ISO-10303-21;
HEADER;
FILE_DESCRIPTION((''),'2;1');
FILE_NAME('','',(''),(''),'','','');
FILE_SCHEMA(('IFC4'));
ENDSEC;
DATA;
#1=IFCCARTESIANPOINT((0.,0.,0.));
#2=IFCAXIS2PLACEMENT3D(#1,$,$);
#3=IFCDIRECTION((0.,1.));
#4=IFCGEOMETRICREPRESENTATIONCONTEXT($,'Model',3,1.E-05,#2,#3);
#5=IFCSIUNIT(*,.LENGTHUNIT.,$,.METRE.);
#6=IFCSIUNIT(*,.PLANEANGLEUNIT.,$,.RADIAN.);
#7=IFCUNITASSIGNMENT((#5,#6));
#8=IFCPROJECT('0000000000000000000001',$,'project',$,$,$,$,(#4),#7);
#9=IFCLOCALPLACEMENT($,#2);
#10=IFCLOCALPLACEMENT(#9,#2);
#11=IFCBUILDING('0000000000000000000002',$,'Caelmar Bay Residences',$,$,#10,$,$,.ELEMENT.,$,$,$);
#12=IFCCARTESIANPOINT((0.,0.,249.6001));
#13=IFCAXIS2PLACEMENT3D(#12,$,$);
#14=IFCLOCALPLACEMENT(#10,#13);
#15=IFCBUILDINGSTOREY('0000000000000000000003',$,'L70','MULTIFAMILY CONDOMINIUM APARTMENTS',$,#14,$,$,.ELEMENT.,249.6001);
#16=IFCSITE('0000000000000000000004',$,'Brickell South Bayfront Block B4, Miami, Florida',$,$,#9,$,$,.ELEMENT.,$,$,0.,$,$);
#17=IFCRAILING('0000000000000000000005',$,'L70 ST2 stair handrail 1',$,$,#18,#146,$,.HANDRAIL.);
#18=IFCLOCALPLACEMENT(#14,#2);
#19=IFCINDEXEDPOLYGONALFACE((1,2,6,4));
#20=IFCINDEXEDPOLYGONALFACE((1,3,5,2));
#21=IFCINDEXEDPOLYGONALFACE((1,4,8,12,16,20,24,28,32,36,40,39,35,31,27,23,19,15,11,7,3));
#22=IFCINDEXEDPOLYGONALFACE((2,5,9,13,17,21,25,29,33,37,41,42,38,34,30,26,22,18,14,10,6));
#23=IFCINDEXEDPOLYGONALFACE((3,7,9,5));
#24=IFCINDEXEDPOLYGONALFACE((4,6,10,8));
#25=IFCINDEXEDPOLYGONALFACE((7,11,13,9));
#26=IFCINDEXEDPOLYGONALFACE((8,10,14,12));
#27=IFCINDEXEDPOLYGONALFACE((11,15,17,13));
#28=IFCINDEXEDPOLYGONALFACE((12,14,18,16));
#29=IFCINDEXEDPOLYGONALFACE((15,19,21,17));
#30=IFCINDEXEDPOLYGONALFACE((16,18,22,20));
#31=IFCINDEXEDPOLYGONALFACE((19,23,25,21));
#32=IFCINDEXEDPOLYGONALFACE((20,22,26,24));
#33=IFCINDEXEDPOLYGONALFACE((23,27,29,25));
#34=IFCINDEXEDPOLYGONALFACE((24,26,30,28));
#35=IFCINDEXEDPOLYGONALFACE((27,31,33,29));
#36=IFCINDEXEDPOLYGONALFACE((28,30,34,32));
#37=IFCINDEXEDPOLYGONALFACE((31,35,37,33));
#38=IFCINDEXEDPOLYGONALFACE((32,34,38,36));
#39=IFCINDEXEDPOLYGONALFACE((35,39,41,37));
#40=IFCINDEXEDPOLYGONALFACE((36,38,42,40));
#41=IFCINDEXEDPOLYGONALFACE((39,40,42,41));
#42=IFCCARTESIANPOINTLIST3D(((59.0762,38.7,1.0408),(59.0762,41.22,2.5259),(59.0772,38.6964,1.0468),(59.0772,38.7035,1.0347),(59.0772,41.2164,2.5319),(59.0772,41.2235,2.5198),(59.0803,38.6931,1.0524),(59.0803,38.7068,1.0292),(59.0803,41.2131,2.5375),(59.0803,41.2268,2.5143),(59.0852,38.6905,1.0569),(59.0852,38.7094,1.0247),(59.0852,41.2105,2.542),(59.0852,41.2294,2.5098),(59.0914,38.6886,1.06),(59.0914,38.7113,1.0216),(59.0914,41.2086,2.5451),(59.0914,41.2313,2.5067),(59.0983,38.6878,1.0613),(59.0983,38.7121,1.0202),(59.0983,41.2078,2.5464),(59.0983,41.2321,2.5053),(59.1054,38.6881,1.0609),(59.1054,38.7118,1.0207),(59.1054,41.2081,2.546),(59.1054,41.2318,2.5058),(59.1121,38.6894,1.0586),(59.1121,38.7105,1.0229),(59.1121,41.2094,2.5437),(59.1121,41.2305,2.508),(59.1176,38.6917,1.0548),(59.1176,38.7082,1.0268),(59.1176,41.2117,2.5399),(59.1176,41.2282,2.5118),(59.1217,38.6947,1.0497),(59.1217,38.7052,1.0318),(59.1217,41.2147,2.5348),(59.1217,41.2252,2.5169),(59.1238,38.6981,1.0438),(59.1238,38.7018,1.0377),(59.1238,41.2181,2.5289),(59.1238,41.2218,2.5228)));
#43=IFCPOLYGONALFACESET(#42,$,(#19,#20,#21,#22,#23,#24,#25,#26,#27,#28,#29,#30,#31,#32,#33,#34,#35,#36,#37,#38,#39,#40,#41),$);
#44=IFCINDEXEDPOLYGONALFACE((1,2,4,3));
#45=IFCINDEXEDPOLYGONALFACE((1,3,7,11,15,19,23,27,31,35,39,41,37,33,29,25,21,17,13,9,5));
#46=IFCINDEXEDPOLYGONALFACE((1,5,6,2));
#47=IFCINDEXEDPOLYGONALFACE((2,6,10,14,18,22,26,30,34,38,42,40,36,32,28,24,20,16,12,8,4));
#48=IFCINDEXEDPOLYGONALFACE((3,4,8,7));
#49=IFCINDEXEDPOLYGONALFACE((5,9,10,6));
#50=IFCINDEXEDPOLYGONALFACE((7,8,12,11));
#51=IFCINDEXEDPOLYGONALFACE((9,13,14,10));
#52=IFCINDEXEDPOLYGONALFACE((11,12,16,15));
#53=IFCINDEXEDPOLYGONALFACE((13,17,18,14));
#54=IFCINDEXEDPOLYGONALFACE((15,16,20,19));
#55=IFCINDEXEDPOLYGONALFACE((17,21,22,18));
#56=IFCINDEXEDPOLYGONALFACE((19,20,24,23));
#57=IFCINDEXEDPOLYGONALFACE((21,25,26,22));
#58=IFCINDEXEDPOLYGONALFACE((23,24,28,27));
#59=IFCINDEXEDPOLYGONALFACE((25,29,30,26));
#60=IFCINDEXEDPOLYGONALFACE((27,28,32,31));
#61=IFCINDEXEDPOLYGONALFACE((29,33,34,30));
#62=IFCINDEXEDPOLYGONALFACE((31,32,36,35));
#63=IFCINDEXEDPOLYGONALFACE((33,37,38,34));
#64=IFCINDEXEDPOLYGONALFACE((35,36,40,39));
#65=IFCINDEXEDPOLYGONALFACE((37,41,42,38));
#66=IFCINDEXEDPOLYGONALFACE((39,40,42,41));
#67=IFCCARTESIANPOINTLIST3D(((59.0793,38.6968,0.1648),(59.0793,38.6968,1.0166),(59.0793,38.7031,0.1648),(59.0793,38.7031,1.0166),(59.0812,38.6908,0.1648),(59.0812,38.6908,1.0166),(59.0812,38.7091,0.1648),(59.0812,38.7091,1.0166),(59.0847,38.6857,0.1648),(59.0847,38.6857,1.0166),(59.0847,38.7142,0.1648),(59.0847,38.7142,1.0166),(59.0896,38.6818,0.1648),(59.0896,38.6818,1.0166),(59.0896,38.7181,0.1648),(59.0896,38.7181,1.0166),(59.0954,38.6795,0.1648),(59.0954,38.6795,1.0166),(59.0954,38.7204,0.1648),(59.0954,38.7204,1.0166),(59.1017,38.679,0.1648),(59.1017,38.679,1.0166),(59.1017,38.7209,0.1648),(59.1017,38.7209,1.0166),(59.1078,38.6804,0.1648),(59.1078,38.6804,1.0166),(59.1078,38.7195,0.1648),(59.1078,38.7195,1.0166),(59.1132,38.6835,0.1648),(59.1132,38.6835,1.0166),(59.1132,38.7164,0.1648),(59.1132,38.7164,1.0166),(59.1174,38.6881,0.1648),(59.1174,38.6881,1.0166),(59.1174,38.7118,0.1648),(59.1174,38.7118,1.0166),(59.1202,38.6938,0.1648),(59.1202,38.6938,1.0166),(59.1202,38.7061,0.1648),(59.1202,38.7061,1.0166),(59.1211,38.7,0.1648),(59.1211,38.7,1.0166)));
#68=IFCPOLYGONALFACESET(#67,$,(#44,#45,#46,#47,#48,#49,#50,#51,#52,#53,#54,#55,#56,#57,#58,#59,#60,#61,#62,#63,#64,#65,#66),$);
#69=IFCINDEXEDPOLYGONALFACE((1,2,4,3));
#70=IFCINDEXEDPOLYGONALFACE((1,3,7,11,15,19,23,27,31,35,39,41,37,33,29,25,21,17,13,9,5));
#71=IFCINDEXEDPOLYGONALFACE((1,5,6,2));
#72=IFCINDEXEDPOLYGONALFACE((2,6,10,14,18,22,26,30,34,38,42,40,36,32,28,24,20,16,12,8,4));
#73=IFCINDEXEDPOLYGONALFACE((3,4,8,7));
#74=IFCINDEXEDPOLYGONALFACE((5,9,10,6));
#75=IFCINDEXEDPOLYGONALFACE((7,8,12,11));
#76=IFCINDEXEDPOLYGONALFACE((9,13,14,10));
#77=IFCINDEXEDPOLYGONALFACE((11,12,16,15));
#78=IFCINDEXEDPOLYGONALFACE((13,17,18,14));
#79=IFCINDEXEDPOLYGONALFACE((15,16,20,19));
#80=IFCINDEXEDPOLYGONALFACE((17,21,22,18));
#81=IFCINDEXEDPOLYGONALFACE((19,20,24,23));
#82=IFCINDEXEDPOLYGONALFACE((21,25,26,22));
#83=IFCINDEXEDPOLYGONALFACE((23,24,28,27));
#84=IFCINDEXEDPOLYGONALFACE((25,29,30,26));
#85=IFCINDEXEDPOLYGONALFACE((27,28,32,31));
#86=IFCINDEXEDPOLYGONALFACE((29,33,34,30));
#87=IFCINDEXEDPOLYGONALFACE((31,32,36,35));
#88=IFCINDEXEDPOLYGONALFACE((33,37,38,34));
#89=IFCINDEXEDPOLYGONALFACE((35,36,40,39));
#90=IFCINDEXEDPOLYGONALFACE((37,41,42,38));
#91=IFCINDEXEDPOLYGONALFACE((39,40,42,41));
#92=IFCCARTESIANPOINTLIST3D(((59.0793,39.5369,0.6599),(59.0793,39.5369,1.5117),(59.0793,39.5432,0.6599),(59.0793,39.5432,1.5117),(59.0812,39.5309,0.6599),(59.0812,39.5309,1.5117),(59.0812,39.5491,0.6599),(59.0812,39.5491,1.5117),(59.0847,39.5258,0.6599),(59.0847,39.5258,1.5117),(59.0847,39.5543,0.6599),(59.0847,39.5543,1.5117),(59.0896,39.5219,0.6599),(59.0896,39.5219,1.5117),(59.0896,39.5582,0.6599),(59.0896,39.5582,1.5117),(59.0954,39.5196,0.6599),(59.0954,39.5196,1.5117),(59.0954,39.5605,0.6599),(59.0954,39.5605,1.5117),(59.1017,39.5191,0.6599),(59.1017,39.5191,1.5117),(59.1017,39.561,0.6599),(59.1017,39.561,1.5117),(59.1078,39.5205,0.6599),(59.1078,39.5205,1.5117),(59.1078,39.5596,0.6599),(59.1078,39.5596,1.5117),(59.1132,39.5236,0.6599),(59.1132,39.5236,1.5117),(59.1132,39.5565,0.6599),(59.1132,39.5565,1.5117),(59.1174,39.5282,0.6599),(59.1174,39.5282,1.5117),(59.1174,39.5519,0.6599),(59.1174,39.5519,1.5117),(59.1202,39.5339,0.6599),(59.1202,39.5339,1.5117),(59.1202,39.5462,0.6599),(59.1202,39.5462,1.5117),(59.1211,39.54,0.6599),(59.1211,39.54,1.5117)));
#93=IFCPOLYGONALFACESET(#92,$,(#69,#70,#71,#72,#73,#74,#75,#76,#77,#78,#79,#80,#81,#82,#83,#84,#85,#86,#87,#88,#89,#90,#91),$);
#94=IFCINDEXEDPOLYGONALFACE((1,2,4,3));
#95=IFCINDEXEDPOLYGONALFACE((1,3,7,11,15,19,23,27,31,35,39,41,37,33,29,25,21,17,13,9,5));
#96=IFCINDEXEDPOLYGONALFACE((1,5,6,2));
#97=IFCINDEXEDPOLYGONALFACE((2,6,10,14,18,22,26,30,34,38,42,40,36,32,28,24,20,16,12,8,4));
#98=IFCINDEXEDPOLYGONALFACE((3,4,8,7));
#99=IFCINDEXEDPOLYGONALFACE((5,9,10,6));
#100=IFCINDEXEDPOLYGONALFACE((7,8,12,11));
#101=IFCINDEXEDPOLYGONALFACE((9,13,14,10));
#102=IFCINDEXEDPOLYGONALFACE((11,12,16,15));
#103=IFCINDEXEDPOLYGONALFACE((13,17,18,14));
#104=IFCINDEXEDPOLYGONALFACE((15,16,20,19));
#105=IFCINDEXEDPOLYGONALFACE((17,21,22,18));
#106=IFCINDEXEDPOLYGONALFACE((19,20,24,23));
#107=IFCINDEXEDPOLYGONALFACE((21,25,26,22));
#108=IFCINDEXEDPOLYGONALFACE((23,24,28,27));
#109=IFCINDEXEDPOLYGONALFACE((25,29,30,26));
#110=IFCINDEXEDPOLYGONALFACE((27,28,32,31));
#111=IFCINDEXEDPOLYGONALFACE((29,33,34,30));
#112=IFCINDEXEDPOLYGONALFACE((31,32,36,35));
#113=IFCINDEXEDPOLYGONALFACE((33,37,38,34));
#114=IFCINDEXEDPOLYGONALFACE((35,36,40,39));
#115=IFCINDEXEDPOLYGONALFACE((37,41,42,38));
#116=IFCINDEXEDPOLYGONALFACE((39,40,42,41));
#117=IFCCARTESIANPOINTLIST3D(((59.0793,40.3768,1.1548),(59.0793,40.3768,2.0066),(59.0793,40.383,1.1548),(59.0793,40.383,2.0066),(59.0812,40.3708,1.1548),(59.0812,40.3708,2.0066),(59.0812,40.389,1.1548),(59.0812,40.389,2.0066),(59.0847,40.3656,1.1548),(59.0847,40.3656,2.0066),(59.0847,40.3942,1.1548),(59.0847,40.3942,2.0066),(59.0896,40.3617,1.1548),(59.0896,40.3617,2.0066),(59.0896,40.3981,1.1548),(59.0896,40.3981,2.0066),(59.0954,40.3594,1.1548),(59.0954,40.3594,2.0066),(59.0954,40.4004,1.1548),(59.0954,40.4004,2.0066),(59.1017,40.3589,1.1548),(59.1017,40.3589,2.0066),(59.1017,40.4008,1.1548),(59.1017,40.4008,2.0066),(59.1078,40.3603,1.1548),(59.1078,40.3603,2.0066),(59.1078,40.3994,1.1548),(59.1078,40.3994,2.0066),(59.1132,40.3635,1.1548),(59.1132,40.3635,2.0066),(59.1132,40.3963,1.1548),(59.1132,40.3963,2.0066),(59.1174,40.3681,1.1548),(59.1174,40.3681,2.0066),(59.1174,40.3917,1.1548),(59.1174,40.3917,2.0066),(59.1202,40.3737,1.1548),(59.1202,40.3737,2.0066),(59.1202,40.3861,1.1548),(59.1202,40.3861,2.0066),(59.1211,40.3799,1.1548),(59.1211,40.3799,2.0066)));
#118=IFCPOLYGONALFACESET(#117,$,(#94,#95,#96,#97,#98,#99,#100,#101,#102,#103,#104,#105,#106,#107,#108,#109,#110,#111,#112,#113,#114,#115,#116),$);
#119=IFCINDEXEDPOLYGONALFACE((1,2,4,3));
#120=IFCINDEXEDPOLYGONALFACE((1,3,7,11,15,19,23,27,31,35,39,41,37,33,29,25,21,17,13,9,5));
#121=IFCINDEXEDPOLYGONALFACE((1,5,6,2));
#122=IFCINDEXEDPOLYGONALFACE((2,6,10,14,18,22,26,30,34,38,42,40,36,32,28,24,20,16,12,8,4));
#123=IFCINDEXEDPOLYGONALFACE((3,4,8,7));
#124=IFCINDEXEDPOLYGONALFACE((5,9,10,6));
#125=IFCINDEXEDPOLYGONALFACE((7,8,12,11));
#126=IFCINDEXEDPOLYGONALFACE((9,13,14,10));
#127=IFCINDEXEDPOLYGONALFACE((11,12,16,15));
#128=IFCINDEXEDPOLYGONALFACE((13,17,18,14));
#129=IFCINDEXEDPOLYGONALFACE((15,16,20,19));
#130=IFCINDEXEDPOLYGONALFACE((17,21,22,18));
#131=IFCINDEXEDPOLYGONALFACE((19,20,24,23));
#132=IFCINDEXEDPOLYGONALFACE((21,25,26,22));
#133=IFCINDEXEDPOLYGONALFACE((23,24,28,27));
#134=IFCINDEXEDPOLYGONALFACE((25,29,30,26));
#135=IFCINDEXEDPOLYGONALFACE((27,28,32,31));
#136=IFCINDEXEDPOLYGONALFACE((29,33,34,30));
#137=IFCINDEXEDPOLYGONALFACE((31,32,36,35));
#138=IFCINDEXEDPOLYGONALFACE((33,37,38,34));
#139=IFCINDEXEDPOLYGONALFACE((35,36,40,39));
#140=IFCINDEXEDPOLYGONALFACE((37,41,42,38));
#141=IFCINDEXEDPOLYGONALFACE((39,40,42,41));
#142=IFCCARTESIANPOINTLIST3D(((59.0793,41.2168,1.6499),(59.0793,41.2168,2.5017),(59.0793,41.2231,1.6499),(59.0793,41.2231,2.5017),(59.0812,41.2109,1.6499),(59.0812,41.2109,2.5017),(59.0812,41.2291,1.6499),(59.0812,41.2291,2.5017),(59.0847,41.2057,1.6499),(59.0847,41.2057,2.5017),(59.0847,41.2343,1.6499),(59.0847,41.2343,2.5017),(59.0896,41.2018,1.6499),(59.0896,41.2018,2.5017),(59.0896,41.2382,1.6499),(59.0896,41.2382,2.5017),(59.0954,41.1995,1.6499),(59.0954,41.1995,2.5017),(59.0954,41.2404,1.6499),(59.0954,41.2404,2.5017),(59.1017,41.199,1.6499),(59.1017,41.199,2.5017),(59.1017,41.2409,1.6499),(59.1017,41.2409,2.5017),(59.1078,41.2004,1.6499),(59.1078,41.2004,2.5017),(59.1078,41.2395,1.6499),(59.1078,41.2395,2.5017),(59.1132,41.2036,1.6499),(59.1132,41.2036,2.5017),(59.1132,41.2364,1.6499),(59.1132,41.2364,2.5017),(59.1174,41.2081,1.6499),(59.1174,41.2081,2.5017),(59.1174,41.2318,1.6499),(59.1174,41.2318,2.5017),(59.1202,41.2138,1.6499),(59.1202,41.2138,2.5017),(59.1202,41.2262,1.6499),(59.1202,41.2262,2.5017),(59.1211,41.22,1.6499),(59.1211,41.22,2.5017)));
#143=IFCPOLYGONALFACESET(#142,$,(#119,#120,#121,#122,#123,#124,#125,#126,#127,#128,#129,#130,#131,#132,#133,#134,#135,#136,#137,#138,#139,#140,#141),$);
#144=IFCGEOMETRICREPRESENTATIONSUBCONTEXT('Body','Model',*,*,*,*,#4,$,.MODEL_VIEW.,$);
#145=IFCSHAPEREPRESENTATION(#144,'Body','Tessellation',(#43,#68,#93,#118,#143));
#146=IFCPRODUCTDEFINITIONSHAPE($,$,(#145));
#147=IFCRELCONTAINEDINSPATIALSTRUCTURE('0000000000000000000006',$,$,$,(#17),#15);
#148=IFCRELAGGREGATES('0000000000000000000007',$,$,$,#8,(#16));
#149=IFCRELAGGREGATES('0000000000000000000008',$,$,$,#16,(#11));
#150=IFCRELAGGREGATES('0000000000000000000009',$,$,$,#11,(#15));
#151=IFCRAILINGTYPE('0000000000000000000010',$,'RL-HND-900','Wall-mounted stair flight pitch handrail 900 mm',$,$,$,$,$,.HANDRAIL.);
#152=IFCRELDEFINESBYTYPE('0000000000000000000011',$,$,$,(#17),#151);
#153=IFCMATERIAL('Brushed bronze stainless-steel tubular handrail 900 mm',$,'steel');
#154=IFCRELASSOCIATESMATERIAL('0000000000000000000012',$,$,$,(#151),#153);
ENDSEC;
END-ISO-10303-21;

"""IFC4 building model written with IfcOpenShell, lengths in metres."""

from ifc_helpers import new_model, si_unit, direction, frame, origin, origin_2d, place, context, subcontext, project, spatial, circle, extrude, material, type_object, element, save


model = new_model("IFC4")

# Units and contexts
model_context = context("Model", 3, precision=1e-05, world=origin(), true_north=direction((0.0, 1.0)))
body_context = subcontext(model_context, "Body", "Model", "MODEL_VIEW")
ifc_project = project(units=[si_unit("LENGTHUNIT", "METRE"), si_unit("PLANEANGLEUNIT", "RADIAN")], contexts=[model_context])

# Site, building, storey
site_placement = place(None, origin())
site = spatial("IfcSite", under=ifc_project, at=site_placement, Name="Brickell South Bayfront Block B4, Miami, Florida", CompositionType="ELEMENT", RefElevation=0.0)
building_placement = place(site_placement, origin())
building = spatial("IfcBuilding", under=site, at=building_placement, Name="Caelmar Bay Residences", CompositionType="ELEMENT")
storey_placement = place(building_placement, frame((0.0, 0.0, 249.6001)))
storey = spatial("IfcBuildingStorey", under=building, at=storey_placement, Name="L70", Description="MULTIFAMILY CONDOMINIUM APARTMENTS", CompositionType="ELEMENT", Elevation=249.6001)

# Railing
ifc_material_1 = material(Name="Brushed bronze stainless-steel tubular handrail 900 mm", Category="steel")
railing_type_1 = type_object("IfcRailingType", Name="RL-HND-900", Description="Wall-mounted stair flight pitch handrail 900 mm", PredefinedType="HANDRAIL", material=ifc_material_1)
railing_1_placement = place(storey_placement, frame((59.1001, 38.7, 0.1648)))
element("IfcRailing", 1, at=railing_1_placement, inside=storey, type_object=railing_type_1, Name="L70 ST2 stair handrail 1", PredefinedType="HANDRAIL", context=body_context, shape_type="SweptSolid", body=[
    extrude(circle(Radius=0.0239, at=origin_2d()), frame((0.0, 0.0, 0.876), z_axis=(0.0, 0.861524, 0.507717), x_axis=(-1.0, 0.0, 0.0)), (0.0, 0.0, 1.0), 2.925),
    extrude(circle(Radius=0.021, at=origin_2d()), origin(), (0.0, 0.0, 1.0), 0.8518),
    extrude(circle(Radius=0.021, at=origin_2d()), frame((0.0, 0.8401, 0.4951)), (0.0, 0.0, 1.0), 0.8518),
    extrude(circle(Radius=0.021, at=origin_2d()), frame((0.0, 1.6799, 0.99)), (0.0, 0.0, 1.0), 0.8518),
    extrude(circle(Radius=0.021, at=origin_2d()), frame((0.0, 2.52, 1.4851)), (0.0, 0.0, 1.0), 0.8518),
])

save(model, "model.ifc")
